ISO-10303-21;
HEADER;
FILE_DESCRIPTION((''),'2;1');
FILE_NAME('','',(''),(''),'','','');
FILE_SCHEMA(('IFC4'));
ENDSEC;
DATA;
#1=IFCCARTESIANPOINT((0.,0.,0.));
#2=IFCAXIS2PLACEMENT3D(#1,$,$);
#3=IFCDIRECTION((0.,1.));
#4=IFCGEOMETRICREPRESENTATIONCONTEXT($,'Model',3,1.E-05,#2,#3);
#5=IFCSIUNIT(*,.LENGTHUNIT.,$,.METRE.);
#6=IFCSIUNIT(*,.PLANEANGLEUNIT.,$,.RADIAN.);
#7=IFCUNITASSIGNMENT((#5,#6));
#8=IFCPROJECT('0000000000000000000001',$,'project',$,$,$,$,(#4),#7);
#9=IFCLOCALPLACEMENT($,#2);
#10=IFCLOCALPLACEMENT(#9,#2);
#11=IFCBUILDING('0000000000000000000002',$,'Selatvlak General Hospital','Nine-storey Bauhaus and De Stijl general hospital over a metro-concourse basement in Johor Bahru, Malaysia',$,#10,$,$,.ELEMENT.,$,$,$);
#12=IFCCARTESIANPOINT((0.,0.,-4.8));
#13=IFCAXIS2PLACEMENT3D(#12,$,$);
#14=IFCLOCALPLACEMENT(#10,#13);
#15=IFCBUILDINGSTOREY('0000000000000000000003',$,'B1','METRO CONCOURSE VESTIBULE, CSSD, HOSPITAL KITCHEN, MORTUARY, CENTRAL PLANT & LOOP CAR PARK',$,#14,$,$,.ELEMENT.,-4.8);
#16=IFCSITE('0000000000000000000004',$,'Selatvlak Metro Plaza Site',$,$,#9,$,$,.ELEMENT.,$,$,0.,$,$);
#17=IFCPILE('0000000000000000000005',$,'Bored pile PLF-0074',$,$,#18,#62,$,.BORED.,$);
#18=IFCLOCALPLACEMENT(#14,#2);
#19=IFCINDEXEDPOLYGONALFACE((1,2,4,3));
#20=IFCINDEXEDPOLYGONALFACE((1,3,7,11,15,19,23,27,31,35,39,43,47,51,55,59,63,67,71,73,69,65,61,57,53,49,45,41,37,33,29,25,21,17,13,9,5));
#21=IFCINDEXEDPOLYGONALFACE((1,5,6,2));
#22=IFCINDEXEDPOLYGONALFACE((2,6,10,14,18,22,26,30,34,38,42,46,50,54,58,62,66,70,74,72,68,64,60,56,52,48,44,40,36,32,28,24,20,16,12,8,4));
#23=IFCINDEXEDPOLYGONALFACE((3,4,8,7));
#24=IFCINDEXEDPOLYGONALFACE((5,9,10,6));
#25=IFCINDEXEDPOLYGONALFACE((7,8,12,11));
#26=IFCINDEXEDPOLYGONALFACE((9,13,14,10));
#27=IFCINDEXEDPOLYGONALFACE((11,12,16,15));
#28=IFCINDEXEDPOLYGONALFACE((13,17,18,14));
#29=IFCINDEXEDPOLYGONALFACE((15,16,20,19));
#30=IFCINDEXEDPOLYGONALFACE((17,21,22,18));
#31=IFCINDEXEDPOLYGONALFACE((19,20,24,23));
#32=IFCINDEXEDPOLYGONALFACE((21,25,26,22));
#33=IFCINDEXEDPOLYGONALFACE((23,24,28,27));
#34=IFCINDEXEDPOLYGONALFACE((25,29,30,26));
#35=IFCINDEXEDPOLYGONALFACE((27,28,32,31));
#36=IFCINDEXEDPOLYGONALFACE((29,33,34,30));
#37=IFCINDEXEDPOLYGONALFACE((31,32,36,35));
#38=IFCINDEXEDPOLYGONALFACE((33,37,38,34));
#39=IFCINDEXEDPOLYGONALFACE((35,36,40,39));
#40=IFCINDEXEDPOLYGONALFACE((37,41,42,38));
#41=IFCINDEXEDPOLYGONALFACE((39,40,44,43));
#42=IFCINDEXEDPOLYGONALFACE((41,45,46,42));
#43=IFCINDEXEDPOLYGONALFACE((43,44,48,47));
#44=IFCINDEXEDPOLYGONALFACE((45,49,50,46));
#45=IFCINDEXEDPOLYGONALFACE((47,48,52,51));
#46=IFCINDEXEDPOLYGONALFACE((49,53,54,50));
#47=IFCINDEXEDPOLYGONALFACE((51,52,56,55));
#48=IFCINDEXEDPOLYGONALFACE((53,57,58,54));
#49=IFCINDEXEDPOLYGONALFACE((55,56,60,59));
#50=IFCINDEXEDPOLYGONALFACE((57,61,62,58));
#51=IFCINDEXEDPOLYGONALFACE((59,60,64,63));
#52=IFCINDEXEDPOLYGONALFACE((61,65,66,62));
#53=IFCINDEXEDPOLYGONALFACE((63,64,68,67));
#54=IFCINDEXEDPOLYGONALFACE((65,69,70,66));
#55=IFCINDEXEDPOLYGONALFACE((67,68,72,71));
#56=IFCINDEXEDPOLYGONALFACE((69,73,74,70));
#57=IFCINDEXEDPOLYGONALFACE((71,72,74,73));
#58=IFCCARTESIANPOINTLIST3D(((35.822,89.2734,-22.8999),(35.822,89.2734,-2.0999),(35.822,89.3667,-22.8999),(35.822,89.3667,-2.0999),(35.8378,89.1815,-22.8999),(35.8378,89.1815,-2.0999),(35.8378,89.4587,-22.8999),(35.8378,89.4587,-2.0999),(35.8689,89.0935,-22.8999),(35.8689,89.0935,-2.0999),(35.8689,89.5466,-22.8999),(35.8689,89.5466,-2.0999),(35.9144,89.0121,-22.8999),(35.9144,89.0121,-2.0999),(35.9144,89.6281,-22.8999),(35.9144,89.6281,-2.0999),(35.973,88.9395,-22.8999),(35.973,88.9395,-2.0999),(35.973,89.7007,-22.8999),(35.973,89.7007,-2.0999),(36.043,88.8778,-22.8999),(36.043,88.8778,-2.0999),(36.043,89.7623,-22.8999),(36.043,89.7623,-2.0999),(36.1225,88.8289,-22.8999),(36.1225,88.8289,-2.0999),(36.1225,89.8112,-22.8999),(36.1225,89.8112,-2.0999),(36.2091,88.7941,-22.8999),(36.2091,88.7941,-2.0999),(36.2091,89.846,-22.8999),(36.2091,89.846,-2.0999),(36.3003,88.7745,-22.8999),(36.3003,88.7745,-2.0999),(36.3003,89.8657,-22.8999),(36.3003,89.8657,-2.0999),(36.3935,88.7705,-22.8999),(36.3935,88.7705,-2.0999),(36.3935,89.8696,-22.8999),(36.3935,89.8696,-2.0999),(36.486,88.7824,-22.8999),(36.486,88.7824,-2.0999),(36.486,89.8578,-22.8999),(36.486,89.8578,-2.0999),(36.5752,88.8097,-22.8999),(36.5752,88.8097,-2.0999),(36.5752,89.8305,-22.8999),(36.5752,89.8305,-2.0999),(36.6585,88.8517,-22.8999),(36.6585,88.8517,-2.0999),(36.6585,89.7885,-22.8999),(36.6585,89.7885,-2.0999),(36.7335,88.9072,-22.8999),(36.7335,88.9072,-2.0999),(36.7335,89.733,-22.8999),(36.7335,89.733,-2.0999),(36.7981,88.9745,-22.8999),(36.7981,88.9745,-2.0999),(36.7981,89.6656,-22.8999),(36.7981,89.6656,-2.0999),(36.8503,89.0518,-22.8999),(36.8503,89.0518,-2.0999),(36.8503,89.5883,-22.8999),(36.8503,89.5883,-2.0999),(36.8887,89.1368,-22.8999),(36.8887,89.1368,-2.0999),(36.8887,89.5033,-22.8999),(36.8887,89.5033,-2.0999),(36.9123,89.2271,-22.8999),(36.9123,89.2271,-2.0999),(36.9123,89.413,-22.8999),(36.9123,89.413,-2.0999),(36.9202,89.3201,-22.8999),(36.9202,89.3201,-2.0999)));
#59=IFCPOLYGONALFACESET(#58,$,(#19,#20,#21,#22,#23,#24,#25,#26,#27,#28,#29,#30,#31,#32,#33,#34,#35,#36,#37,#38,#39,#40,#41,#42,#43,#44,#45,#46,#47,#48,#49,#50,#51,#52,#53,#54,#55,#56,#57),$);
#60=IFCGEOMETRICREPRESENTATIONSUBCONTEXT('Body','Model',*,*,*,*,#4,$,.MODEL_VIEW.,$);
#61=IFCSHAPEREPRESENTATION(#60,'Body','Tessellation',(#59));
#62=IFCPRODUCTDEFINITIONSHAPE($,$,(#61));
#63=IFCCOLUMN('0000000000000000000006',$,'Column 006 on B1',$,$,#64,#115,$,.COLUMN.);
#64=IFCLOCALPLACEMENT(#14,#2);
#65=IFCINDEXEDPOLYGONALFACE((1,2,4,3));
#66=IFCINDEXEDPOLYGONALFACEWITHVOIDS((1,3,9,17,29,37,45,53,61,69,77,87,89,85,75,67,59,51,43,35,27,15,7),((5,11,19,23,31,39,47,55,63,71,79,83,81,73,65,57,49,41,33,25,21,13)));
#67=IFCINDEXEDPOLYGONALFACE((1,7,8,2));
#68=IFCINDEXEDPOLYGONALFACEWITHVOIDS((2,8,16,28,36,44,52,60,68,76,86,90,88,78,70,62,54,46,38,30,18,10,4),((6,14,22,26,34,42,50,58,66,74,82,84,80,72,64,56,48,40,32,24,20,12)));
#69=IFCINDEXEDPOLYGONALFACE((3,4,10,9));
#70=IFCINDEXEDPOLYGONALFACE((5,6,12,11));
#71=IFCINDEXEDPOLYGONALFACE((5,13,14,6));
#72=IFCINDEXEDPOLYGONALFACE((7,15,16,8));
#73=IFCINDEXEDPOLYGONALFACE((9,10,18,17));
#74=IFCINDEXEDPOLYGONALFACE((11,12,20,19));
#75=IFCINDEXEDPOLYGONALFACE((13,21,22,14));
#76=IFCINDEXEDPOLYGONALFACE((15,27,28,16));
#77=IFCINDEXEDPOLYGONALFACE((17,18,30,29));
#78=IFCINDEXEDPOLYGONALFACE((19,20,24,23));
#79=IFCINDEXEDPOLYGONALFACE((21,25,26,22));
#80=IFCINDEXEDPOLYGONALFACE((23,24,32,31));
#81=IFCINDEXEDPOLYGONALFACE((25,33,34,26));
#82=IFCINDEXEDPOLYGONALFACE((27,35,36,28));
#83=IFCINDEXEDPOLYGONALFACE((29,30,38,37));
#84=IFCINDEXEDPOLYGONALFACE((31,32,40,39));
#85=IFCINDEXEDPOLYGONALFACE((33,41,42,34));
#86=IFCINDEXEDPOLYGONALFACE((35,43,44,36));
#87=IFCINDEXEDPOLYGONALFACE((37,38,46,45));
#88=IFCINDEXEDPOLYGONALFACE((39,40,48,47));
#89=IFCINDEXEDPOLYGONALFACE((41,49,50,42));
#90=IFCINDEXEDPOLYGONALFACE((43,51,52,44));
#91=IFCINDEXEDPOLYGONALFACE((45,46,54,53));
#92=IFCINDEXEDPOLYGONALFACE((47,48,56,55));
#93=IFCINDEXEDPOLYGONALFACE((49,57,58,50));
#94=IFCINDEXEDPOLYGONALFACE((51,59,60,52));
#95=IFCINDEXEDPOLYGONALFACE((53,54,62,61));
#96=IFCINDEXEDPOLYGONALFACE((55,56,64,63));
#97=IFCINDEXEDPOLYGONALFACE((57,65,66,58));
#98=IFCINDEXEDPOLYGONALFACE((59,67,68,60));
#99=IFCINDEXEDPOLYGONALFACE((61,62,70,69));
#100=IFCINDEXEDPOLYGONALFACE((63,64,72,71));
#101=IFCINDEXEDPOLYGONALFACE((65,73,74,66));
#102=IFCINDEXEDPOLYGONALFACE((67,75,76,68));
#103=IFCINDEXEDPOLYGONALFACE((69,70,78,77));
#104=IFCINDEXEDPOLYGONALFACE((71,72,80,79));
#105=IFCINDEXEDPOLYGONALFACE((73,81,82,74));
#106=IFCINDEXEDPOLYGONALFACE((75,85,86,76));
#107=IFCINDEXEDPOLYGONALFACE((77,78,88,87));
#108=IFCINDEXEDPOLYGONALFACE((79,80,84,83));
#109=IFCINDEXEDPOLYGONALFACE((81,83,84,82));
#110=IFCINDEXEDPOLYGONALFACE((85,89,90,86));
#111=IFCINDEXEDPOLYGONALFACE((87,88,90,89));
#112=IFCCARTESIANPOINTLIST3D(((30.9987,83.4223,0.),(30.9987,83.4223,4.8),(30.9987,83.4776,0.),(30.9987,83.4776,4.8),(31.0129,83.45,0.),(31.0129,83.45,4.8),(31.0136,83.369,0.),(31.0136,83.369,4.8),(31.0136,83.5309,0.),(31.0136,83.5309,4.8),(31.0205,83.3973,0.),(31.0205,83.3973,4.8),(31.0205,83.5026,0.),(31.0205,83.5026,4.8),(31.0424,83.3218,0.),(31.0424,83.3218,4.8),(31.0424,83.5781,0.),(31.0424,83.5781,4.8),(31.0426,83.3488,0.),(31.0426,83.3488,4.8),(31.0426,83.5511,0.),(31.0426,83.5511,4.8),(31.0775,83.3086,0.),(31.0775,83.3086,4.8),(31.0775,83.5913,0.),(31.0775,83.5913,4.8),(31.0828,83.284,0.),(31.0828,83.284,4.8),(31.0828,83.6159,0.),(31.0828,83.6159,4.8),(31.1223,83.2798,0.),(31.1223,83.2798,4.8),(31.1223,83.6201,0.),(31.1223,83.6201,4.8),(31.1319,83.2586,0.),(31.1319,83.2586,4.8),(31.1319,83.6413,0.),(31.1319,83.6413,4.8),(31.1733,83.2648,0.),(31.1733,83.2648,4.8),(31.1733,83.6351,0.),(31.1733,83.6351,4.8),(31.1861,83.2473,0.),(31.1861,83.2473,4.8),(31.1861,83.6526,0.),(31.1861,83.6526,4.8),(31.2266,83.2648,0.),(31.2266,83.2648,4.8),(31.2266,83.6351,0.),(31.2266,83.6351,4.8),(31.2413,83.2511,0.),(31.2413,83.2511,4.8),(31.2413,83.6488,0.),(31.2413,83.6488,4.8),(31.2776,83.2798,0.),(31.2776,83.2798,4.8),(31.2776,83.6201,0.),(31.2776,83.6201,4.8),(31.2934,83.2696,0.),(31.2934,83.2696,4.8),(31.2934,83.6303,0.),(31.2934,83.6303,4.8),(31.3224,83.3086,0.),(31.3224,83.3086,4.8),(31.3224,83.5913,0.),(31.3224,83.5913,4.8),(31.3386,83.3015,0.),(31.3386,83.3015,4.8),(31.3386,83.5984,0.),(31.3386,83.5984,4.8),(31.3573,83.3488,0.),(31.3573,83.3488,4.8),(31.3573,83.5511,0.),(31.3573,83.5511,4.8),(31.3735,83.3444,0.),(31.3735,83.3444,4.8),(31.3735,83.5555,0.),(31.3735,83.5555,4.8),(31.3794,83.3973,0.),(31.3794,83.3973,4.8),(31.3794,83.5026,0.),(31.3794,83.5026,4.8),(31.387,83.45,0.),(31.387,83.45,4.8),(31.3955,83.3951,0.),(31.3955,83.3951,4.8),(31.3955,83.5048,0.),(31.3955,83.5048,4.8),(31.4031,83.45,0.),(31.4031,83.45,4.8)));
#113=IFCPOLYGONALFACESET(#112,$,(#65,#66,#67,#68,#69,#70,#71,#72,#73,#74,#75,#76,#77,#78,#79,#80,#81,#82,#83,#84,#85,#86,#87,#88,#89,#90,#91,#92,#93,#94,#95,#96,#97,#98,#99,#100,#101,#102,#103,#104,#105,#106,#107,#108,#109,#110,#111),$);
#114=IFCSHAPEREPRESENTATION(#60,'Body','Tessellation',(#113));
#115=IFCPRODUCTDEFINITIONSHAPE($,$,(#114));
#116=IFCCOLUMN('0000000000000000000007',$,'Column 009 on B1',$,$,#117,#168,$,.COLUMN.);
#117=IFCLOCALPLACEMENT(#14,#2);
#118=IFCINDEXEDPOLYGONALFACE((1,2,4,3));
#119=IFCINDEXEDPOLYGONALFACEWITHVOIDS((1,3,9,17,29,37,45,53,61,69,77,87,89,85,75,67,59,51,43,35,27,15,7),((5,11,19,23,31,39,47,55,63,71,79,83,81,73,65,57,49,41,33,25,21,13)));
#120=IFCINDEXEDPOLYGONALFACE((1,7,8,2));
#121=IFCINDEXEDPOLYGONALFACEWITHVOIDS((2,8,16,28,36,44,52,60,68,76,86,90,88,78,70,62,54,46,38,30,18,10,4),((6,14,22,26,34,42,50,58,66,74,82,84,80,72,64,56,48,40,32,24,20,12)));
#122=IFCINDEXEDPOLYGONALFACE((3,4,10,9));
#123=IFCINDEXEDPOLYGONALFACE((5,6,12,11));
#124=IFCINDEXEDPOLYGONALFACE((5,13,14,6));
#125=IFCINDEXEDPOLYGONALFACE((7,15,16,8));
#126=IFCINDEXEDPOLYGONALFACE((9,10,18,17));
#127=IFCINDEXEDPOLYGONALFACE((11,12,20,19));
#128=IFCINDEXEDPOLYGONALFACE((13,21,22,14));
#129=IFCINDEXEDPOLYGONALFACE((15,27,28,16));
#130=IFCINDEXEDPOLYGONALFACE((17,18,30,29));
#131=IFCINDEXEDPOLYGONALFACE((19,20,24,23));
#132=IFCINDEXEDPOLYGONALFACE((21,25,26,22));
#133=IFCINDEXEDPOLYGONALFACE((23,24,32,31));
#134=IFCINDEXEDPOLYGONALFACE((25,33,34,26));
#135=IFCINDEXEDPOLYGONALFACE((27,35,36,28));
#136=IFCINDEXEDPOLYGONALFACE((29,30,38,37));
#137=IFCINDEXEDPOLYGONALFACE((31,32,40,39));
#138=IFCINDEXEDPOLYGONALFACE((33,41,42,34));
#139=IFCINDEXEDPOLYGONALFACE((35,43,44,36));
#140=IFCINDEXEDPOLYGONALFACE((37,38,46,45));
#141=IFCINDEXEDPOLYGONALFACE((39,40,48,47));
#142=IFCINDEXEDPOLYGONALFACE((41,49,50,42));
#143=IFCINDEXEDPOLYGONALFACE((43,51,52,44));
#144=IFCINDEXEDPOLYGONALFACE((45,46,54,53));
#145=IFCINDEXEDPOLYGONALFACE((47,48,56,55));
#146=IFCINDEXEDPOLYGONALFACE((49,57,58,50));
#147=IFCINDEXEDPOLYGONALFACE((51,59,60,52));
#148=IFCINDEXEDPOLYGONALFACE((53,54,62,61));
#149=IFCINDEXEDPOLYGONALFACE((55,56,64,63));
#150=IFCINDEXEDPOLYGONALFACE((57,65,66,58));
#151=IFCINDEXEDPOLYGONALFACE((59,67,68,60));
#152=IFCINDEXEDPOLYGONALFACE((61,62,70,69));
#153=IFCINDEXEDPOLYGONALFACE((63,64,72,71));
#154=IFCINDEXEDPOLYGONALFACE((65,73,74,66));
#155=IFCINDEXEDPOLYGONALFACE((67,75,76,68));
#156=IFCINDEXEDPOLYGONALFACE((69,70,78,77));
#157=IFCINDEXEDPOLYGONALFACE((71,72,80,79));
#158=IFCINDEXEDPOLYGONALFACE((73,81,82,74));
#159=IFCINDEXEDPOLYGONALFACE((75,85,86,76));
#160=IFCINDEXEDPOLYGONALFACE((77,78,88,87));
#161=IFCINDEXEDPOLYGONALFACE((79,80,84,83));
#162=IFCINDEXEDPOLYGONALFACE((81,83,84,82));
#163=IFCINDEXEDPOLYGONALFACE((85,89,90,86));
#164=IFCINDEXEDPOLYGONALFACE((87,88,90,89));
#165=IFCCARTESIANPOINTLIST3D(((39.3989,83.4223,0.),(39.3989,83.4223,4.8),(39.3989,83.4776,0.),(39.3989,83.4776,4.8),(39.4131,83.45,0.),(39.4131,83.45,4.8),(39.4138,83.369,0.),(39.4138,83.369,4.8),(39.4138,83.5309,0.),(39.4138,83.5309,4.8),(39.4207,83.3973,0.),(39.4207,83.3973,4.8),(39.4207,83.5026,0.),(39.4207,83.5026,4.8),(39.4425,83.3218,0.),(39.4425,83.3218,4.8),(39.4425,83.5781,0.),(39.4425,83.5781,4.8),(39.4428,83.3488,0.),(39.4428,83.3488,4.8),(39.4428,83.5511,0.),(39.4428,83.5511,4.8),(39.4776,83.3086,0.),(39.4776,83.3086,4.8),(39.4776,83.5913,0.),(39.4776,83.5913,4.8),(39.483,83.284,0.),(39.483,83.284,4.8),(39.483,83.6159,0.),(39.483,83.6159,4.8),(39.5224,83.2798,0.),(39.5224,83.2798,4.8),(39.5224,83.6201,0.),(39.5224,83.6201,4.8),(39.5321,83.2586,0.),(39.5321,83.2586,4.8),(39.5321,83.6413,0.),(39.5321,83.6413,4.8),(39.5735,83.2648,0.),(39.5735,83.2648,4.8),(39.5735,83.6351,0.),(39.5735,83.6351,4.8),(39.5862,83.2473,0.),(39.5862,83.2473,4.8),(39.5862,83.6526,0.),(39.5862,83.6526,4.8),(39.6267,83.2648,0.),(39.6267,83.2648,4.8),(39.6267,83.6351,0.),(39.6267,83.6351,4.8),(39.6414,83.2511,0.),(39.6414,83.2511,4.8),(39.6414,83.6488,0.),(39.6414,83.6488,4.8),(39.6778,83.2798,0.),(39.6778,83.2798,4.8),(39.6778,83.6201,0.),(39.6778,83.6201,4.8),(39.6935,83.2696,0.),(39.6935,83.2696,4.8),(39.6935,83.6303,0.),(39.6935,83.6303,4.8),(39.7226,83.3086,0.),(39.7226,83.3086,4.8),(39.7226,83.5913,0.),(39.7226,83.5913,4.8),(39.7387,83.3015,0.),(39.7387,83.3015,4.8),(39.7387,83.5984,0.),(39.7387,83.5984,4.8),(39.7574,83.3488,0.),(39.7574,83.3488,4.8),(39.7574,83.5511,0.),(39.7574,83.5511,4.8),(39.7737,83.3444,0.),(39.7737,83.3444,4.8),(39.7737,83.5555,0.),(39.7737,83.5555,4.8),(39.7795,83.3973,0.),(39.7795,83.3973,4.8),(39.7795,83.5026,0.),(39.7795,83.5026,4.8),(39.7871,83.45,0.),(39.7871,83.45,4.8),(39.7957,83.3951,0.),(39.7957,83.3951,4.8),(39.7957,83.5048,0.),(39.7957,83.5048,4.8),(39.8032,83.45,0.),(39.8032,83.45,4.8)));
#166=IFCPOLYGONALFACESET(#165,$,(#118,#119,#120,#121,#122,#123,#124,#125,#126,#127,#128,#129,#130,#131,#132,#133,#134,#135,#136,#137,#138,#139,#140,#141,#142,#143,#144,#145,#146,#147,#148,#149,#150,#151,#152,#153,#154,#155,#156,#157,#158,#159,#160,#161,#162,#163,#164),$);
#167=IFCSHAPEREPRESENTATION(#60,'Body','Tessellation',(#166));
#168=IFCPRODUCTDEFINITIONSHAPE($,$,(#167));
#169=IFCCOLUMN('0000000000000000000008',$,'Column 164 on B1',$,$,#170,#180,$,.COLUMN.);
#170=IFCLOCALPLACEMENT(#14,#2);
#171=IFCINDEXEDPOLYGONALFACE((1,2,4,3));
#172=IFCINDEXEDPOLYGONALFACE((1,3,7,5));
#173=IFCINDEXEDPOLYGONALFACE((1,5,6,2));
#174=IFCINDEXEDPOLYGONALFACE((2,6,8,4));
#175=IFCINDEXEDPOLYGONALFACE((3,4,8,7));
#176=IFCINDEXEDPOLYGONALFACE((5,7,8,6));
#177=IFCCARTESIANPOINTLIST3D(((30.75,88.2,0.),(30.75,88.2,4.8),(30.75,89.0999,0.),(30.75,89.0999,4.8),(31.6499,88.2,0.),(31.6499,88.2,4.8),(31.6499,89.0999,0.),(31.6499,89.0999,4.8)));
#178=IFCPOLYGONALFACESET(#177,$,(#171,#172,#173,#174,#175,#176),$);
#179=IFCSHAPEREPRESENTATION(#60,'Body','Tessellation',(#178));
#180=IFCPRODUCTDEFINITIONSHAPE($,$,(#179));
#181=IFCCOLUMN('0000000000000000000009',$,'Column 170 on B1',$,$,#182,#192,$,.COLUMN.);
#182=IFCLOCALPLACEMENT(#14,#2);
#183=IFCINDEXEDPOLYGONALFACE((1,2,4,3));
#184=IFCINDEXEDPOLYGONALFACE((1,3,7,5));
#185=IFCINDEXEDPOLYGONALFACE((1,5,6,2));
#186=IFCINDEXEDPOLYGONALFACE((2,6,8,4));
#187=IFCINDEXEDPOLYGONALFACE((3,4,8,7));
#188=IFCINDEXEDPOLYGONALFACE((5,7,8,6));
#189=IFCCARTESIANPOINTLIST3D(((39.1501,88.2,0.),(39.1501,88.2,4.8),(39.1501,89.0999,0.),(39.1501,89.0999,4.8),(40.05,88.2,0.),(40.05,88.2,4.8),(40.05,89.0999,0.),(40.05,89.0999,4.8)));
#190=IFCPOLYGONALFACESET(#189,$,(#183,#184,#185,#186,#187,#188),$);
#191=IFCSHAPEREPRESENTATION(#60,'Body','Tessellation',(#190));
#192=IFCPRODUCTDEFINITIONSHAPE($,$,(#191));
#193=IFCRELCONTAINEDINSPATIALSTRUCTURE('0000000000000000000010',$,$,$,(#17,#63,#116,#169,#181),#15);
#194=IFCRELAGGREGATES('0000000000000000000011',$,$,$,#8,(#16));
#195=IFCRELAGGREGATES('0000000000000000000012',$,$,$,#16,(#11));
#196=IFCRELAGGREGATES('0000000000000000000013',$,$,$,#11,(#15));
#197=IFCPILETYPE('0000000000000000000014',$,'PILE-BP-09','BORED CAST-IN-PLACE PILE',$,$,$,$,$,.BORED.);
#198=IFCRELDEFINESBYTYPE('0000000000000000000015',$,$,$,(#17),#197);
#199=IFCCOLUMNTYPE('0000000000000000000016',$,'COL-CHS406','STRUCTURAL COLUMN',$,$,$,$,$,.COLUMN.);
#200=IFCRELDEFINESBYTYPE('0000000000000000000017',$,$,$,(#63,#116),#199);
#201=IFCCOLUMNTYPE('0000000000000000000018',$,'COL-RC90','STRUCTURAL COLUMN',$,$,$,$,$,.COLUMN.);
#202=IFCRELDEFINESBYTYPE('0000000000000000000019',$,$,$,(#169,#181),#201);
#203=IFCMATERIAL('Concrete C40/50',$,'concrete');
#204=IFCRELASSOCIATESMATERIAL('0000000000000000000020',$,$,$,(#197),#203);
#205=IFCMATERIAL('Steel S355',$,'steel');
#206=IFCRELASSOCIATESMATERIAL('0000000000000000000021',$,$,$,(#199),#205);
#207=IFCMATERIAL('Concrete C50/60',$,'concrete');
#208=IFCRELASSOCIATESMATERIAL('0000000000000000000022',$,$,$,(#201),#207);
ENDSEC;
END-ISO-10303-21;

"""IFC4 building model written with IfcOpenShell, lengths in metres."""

from ifc_helpers import new_model, si_unit, direction, frame, origin, origin_2d, place, context, subcontext, project, spatial, rectangle, circle, hollow_circle, extrude, material, material_profile, profile_set, type_object, element, save


model = new_model("IFC4")

# Units and contexts
model_context = context("Model", 3, precision=1e-05, world=origin(), true_north=direction((0.0, 1.0)))
body_context = subcontext(model_context, "Body", "Model", "MODEL_VIEW")
ifc_project = project(units=[si_unit("LENGTHUNIT", "METRE"), si_unit("PLANEANGLEUNIT", "RADIAN")], contexts=[model_context])

# Site, building, storey
site_placement = place(None, origin())
site = spatial("IfcSite", under=ifc_project, at=site_placement, Name="Selatvlak Metro Plaza Site", CompositionType="ELEMENT", RefElevation=0.0)
building_placement = place(site_placement, origin())
building = spatial("IfcBuilding", under=site, at=building_placement, Name="Selatvlak General Hospital", Description="Nine-storey Bauhaus and De Stijl general hospital over a metro-concourse basement in Johor Bahru, Malaysia", CompositionType="ELEMENT")
storey_placement = place(building_placement, frame((0.0, 0.0, -4.8)))
storey = spatial("IfcBuildingStorey", under=building, at=storey_placement, Name="B1", Description="METRO CONCOURSE VESTIBULE, CSSD, HOSPITAL KITCHEN, MORTUARY, CENTRAL PLANT & LOOP CAR PARK", CompositionType="ELEMENT", Elevation=-4.8)

# Shared definitions
ifc_material_1 = material(Name="Concrete C40/50", Category="concrete")

# Pile
ifc_material_profile_1 = material_profile(ifc_material_1, circle(Radius=0.55, at=origin_2d()), Name="BORED PILE 1100")
ifc_profile_set_1 = profile_set([ifc_material_profile_1], Name="Concrete C40/50")
pile_type_1 = type_object("IfcPileType", Name="PILE-BP-09", Description="BORED CAST-IN-PLACE PILE", PredefinedType="BORED", material=ifc_profile_set_1)
pile_1_placement = place(storey_placement, frame((36.3701, 89.3201, -2.0999), z_axis=(0.0, 0.0, -1.0), x_axis=(1.0, 0.0, 0.0)))
element("IfcPile", 1, at=pile_1_placement, inside=storey, type_object=pile_type_1, Name="Bored pile PLF-0074", PredefinedType="BORED", context=body_context, shape_type="SweptSolid", body=[
    extrude(circle(Radius=0.55, at=origin_2d()), origin(), (0.0, 0.0, 1.0), 20.8),
])

# Columns
ifc_material_2 = material(Name="Steel S355", Category="steel")
ifc_material_profile_2 = material_profile(ifc_material_2, hollow_circle(Radius=0.2031, WallThickness=0.0161, at=origin_2d()), Name="CHS 406.4x16")
ifc_profile_set_2 = profile_set([ifc_material_profile_2], Name="Steel S355")
column_type_1 = type_object("IfcColumnType", Name="COL-CHS406", Description="STRUCTURAL COLUMN", PredefinedType="COLUMN", material=ifc_profile_set_2)
for number, where, z_axis, x_axis, name in (
    (2, (31.2, 83.45, 0.0), (0.0, 0.0, 1.0), (1.0, 0.0, 0.0), "Column 006 on B1"),
    (3, (39.6001, 83.45, 0.0), (0.0, 0.0, 1.0), (1.0, 0.0, 0.0), "Column 009 on B1"),
):
    element("IfcColumn", number, at=place(storey_placement, frame(where, z_axis=z_axis, x_axis=x_axis)), inside=storey, type_object=column_type_1, Name=name, PredefinedType="COLUMN", context=body_context, shape_type="SweptSolid", body=[
        extrude(hollow_circle(Radius=0.2031, WallThickness=0.0161, at=origin_2d()), origin(), (0.0, 0.0, 1.0), 4.8),
    ])
ifc_material_3 = material(Name="Concrete C50/60", Category="concrete")
ifc_material_profile_3 = material_profile(ifc_material_3, rectangle(XDim=0.8999, YDim=0.8999, at=origin_2d()), Name="RC-COL 900x900")
ifc_profile_set_3 = profile_set([ifc_material_profile_3], Name="Concrete C50/60")
column_type_2 = type_object("IfcColumnType", Name="COL-RC90", Description="STRUCTURAL COLUMN", PredefinedType="COLUMN", material=ifc_profile_set_3)
for number, where, z_axis, x_axis, name in (
    (4, (31.2, 88.6499, 0.0), (0.0, 0.0, 1.0), (1.0, 0.0, 0.0), "Column 164 on B1"),
    (5, (39.6001, 88.6499, 0.0), (0.0, 0.0, 1.0), (1.0, 0.0, 0.0), "Column 170 on B1"),
):
    element("IfcColumn", number, at=place(storey_placement, frame(where, z_axis=z_axis, x_axis=x_axis)), inside=storey, type_object=column_type_2, Name=name, PredefinedType="COLUMN", context=body_context, shape_type="SweptSolid", body=[
        extrude(rectangle(XDim=0.8999, YDim=0.8999, at=origin_2d()), origin(), (0.0, 0.0, 1.0), 4.8),
    ])

save(model, "model.ifc")
